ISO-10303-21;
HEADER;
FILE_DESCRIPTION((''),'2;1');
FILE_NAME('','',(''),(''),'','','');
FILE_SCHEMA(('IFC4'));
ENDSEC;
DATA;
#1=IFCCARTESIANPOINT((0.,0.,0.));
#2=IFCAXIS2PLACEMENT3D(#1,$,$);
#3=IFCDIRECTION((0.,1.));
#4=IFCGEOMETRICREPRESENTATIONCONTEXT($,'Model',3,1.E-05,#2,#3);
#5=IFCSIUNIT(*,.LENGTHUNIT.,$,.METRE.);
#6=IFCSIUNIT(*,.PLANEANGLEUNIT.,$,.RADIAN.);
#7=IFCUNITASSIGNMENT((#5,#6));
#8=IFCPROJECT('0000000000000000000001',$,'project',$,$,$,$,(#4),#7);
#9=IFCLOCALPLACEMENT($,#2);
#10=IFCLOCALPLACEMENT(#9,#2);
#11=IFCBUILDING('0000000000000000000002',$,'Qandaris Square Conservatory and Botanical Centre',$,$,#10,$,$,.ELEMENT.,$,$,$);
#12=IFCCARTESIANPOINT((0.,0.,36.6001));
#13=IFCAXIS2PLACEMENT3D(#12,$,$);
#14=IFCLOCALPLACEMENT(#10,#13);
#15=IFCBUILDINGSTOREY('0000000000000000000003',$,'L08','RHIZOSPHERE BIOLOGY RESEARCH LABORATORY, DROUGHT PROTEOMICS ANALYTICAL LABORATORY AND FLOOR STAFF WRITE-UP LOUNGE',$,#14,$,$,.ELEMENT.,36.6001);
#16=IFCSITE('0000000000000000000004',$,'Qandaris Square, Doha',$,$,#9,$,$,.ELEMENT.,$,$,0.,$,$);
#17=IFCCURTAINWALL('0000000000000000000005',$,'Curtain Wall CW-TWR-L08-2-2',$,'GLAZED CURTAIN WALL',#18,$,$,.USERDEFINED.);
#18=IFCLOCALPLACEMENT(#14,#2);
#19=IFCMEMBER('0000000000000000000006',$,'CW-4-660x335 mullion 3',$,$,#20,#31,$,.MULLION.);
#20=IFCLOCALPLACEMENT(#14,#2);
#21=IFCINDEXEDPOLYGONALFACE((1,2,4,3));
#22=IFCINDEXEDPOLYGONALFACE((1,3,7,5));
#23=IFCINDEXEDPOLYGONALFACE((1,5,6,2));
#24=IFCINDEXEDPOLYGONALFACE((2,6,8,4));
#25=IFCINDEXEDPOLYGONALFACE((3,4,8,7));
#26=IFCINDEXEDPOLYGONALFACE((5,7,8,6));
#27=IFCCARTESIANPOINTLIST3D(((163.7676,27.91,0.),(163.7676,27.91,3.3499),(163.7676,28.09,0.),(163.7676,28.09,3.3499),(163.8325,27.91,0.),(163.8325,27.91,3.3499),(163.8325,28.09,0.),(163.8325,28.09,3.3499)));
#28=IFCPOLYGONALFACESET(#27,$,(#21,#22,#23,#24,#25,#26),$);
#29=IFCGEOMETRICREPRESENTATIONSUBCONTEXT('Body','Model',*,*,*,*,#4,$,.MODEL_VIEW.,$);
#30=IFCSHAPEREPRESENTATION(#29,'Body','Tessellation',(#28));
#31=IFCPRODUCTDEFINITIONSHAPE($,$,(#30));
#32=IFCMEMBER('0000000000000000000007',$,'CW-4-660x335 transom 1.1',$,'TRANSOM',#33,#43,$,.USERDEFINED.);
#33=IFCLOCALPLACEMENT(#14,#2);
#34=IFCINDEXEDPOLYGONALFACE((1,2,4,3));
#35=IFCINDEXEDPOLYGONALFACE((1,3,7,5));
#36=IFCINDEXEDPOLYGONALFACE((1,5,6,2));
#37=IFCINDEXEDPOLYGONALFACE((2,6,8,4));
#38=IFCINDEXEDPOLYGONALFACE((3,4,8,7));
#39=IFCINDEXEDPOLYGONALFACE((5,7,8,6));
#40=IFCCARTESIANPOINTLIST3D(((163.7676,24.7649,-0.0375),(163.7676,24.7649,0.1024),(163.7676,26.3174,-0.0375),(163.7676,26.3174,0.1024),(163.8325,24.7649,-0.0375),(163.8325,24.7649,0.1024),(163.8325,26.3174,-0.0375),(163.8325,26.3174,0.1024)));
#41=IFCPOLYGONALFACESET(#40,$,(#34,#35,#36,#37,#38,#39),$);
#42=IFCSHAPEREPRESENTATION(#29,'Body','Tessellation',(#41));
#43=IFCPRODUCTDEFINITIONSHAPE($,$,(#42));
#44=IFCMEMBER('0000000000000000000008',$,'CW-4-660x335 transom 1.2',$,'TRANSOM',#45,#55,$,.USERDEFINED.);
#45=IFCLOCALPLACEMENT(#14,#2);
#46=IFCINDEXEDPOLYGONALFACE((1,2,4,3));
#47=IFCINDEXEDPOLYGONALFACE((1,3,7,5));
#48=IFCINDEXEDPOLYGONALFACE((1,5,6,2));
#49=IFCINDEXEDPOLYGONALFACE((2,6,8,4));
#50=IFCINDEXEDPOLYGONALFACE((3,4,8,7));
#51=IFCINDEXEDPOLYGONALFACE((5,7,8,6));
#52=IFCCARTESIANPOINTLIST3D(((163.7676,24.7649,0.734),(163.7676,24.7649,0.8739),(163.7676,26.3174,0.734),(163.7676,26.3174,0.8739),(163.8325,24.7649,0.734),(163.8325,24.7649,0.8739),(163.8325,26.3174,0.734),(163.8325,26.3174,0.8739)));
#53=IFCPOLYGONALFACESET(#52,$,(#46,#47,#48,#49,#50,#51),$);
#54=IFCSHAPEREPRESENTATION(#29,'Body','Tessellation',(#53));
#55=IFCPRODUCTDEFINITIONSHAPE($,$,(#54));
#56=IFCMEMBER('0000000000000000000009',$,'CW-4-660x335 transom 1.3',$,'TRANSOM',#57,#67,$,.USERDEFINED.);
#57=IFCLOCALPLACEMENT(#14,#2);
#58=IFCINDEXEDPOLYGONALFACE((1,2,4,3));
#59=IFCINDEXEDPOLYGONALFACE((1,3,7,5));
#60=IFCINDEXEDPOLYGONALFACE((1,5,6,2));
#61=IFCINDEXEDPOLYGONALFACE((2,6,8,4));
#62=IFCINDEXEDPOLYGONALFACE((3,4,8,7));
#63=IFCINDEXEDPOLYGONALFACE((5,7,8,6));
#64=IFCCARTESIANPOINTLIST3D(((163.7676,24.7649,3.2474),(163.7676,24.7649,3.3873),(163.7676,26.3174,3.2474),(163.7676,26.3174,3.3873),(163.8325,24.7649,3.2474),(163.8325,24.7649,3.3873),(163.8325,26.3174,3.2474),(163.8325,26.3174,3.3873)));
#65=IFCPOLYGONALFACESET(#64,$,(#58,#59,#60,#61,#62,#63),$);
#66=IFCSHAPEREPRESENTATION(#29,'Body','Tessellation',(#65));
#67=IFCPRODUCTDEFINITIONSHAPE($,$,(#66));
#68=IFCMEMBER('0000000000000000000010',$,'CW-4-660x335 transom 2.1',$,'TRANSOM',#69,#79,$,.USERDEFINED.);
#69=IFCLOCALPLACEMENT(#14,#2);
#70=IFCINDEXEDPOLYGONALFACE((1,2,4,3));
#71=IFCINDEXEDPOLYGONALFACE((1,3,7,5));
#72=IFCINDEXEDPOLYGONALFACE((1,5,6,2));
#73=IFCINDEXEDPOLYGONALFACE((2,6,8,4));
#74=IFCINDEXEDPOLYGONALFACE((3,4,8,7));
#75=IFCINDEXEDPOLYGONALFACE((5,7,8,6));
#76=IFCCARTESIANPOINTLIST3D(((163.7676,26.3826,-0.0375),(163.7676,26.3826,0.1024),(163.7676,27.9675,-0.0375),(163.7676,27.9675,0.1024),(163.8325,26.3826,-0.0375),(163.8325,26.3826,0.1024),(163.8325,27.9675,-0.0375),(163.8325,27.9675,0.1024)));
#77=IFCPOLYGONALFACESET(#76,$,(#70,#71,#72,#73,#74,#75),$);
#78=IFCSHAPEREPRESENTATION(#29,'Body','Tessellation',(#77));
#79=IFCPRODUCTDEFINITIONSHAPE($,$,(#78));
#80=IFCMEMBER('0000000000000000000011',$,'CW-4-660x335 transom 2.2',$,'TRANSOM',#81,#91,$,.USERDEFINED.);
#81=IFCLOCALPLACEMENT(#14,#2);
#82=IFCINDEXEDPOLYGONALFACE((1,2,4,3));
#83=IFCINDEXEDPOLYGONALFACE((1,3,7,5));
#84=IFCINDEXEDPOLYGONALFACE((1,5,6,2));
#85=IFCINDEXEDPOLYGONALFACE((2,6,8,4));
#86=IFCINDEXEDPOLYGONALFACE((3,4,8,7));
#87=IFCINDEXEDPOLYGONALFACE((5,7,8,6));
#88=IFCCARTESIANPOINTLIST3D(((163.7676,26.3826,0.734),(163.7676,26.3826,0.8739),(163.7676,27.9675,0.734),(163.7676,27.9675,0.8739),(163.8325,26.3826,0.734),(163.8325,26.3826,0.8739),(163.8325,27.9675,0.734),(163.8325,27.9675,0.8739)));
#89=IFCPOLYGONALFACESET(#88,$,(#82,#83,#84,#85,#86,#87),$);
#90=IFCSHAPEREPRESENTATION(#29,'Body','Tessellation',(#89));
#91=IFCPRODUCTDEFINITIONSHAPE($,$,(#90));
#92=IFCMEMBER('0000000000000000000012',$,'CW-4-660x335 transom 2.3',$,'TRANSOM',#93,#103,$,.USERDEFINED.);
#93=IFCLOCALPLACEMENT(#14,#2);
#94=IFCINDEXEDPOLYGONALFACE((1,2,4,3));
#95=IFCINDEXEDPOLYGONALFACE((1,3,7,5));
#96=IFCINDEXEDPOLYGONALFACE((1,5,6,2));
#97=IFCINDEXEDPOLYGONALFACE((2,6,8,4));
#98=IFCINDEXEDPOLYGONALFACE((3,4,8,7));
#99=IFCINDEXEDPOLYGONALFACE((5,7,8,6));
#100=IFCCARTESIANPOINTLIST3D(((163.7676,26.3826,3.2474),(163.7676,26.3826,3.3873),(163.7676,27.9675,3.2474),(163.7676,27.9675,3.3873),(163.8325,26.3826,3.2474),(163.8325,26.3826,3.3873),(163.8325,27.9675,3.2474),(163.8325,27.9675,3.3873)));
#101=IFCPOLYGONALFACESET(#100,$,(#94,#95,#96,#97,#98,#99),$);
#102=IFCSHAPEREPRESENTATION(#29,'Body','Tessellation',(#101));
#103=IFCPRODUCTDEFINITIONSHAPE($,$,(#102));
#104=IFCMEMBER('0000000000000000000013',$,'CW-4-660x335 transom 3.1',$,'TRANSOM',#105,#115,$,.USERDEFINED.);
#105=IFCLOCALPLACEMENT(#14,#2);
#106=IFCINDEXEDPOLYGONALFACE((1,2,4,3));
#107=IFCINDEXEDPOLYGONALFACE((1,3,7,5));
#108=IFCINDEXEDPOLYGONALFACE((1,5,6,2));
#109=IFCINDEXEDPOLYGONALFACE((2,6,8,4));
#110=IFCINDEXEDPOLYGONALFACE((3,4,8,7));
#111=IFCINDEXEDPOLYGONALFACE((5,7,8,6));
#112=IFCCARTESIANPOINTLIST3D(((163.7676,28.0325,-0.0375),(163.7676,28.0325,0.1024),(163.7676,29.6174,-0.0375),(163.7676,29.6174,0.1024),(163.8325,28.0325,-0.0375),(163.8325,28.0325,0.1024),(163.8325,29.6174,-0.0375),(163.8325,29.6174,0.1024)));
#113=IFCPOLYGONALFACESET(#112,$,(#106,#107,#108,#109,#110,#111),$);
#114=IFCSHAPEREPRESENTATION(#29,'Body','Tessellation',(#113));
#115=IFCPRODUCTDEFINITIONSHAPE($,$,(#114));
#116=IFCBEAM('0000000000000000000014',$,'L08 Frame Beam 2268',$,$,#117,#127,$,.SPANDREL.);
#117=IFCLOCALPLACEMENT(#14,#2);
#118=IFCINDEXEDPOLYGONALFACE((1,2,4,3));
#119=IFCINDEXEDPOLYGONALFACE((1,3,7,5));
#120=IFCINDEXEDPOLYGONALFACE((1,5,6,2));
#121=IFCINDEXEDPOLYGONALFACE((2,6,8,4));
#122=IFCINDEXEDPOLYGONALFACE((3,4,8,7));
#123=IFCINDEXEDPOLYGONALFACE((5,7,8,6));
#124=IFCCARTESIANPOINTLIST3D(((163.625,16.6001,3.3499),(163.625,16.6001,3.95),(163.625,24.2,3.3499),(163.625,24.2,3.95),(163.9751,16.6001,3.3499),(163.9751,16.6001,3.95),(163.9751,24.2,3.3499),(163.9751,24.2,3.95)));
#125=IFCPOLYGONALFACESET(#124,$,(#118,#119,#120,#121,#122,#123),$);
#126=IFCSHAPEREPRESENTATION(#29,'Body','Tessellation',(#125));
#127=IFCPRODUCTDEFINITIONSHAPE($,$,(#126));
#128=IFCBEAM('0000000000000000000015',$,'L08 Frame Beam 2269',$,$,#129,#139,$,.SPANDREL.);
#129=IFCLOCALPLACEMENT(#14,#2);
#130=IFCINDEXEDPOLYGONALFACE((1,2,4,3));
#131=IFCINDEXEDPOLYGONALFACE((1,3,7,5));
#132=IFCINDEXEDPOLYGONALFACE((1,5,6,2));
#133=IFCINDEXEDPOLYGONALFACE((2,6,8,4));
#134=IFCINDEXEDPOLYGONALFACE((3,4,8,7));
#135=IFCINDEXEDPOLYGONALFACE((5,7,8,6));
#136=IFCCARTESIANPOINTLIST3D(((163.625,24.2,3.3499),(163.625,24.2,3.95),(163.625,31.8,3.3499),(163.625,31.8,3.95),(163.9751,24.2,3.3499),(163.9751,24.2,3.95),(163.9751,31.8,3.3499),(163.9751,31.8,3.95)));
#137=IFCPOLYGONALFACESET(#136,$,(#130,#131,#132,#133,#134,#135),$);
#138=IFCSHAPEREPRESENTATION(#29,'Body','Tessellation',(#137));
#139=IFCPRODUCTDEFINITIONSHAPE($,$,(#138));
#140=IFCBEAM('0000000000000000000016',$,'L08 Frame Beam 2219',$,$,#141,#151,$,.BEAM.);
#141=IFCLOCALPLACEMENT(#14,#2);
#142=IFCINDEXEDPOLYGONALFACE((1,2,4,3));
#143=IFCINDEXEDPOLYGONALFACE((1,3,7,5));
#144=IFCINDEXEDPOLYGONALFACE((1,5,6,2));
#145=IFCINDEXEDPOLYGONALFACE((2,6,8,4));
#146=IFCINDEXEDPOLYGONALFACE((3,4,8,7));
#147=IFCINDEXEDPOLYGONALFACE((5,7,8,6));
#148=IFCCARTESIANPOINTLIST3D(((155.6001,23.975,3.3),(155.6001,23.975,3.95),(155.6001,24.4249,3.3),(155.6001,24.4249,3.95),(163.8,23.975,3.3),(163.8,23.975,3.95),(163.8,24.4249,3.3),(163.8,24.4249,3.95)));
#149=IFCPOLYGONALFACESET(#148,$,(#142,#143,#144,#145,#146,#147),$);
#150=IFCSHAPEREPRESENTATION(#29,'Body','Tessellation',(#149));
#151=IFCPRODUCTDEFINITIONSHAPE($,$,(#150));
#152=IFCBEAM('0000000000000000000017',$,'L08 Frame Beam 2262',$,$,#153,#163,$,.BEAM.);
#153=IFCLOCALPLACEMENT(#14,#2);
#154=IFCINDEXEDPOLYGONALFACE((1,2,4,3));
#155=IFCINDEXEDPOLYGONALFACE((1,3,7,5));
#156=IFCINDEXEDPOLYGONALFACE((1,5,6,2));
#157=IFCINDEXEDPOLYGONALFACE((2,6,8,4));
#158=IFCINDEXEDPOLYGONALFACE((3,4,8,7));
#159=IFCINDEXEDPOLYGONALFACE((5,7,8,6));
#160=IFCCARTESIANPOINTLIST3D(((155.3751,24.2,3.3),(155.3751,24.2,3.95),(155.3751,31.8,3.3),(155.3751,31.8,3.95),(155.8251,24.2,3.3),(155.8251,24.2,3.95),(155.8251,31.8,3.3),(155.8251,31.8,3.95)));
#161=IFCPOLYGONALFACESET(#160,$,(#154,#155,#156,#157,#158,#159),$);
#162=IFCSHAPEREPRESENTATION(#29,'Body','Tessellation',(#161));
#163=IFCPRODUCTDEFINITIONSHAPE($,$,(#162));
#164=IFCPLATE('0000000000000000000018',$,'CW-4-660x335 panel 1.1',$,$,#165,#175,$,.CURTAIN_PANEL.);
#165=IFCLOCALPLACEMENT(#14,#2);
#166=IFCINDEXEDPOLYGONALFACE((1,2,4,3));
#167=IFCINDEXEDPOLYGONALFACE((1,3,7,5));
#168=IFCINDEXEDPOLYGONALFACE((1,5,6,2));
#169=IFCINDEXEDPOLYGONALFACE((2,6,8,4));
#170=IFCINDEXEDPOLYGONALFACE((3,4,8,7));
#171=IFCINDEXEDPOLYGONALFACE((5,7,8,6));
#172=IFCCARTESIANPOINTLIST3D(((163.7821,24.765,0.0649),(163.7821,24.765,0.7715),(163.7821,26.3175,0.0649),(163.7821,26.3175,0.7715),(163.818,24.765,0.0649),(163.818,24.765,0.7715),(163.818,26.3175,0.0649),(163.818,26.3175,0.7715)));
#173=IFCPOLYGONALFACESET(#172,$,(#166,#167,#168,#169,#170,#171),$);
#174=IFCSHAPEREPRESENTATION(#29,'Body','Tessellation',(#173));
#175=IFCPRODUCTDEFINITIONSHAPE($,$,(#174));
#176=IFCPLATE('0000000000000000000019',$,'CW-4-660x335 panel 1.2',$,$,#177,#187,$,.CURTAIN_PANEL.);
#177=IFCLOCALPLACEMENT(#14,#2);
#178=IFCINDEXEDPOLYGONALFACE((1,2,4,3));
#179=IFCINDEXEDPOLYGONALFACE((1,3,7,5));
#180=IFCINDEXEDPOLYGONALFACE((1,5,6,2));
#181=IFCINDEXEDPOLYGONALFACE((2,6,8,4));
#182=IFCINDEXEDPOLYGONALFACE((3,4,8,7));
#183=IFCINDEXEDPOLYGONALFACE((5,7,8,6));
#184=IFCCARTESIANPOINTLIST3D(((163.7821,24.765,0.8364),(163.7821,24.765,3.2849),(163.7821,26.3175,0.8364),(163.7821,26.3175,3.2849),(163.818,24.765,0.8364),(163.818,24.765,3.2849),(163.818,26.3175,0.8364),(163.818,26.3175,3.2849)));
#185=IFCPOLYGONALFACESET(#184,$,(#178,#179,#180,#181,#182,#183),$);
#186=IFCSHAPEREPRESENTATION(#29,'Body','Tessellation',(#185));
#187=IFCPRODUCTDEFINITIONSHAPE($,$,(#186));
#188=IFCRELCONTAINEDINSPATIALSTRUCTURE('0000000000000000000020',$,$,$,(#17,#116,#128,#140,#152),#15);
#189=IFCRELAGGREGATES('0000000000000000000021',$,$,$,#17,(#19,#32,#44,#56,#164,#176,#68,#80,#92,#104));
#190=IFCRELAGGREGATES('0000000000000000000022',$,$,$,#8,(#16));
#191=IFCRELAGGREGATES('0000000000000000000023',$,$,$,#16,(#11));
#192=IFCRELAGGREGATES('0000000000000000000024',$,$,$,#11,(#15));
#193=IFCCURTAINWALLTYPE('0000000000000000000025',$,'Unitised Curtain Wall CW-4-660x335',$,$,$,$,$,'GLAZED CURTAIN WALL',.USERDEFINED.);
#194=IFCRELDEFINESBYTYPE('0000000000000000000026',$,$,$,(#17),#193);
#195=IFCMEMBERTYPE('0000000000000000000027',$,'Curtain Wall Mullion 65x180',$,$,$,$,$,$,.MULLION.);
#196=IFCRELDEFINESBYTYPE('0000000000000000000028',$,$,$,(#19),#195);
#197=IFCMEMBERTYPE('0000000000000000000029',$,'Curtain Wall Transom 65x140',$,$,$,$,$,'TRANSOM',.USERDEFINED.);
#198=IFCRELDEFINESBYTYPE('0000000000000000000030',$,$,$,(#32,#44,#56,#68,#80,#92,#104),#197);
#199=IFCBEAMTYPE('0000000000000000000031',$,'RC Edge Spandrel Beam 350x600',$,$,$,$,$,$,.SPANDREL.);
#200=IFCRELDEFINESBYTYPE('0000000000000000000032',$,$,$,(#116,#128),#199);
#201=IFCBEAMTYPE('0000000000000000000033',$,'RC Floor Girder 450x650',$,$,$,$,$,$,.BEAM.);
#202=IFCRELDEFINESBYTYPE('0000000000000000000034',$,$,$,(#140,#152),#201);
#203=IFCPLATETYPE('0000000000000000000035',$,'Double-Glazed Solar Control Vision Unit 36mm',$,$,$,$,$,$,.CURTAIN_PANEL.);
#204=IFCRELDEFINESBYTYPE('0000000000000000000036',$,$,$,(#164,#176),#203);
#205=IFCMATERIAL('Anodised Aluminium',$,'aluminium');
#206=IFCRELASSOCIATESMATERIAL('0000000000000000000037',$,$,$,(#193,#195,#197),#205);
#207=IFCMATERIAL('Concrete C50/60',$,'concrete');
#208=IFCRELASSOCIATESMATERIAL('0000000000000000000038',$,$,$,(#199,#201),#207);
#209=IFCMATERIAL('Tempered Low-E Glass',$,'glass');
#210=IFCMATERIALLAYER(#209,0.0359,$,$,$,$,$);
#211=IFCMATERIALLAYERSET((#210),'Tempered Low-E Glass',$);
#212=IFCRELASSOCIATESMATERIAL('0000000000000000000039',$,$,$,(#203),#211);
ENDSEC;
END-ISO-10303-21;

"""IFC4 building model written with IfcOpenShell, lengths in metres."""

from ifc_helpers import new_model, si_unit, direction, frame, origin, origin_2d, place, context, subcontext, project, spatial, rectangle, extrude, material, layer, layer_set, material_profile, profile_set, type_object, element, aggregate, save


model = new_model("IFC4")

# Units and contexts
model_context = context("Model", 3, precision=1e-05, world=origin(), true_north=direction((0.0, 1.0)))
body_context = subcontext(model_context, "Body", "Model", "MODEL_VIEW")
ifc_project = project(units=[si_unit("LENGTHUNIT", "METRE"), si_unit("PLANEANGLEUNIT", "RADIAN")], contexts=[model_context])

# Site, building, storey
site_placement = place(None, origin())
site = spatial("IfcSite", under=ifc_project, at=site_placement, Name="Qandaris Square, Doha", CompositionType="ELEMENT", RefElevation=0.0)
building_placement = place(site_placement, origin())
building = spatial("IfcBuilding", under=site, at=building_placement, Name="Qandaris Square Conservatory and Botanical Centre", CompositionType="ELEMENT")
storey_placement = place(building_placement, frame((0.0, 0.0, 36.6001)))
storey = spatial("IfcBuildingStorey", under=building, at=storey_placement, Name="L08", Description="RHIZOSPHERE BIOLOGY RESEARCH LABORATORY, DROUGHT PROTEOMICS ANALYTICAL LABORATORY AND FLOOR STAFF WRITE-UP LOUNGE", CompositionType="ELEMENT", Elevation=36.6001)

# Shared definitions
ifc_material_1 = material(Name="Concrete C50/60", Category="concrete")

# Curtain wall, members
ifc_material_2 = material(Name="Anodised Aluminium", Category="aluminium")
curtain_wall_type = type_object("IfcCurtainWallType", Name="Unitised Curtain Wall CW-4-660x335", ElementType="GLAZED CURTAIN WALL", PredefinedType="USERDEFINED", material=ifc_material_2)
curtain_wall_placement = place(storey_placement, origin())
curtain_wall = element("IfcCurtainWall", 1, at=curtain_wall_placement, inside=storey, type_object=curtain_wall_type, Name="Curtain Wall CW-TWR-L08-2-2", ObjectType="GLAZED CURTAIN WALL", PredefinedType="USERDEFINED")
ifc_material_profile_1 = material_profile(ifc_material_2, rectangle(XDim=0.0649, YDim=0.1799, at=origin_2d()), Name="ALU-MUL 65x180")
ifc_profile_set_1 = profile_set([ifc_material_profile_1], Name="Anodised Aluminium")
member_type_1 = type_object("IfcMemberType", Name="Curtain Wall Mullion 65x180", PredefinedType="MULLION", material=ifc_profile_set_1)
member_1_placement = place(storey_placement, frame((163.8, 28.0, 0.0), z_axis=(0.0, 0.0, 1.0), x_axis=(-1.0, 0.0, 0.0)))
member_1 = element("IfcMember", 2, at=member_1_placement, type_object=member_type_1, Name="CW-4-660x335 mullion 3", PredefinedType="MULLION", context=body_context, shape_type="SweptSolid", body=[
    extrude(rectangle(XDim=0.0649, YDim=0.1799, at=origin_2d()), origin(), (0.0, 0.0, 1.0), 3.3499),
])
ifc_material_profile_2 = material_profile(ifc_material_2, rectangle(XDim=0.0649, YDim=0.1399, at=origin_2d()), Name="ALU-TRN 65x140")
ifc_profile_set_2 = profile_set([ifc_material_profile_2], Name="Anodised Aluminium")
member_type_2 = type_object("IfcMemberType", Name="Curtain Wall Transom 65x140", ElementType="TRANSOM", PredefinedType="USERDEFINED", material=ifc_profile_set_2)
member_2_placement = place(storey_placement, frame((163.8, 24.7649, 0.0325), z_axis=(0.0, 1.0, 0.0), x_axis=(-1.0, 0.0, 0.0)))
member_2 = element("IfcMember", 3, at=member_2_placement, type_object=member_type_2, Name="CW-4-660x335 transom 1.1", ObjectType="TRANSOM", PredefinedType="USERDEFINED", context=body_context, shape_type="SweptSolid", body=[
    extrude(rectangle(XDim=0.0649, YDim=0.1399, at=origin_2d()), origin(), (0.0, 0.0, 1.0), 1.5525),
])
member_3_placement = place(storey_placement, frame((163.8, 24.7649, 0.804), z_axis=(0.0, 1.0, 0.0), x_axis=(-1.0, 0.0, 0.0)))
member_3 = element("IfcMember", 4, at=member_3_placement, type_object=member_type_2, Name="CW-4-660x335 transom 1.2", ObjectType="TRANSOM", PredefinedType="USERDEFINED", context=body_context, shape_type="SweptSolid", body=[
    extrude(rectangle(XDim=0.0649, YDim=0.1399, at=origin_2d()), origin(), (0.0, 0.0, 1.0), 1.5525),
])
member_4_placement = place(storey_placement, frame((163.8, 24.7649, 3.3174), z_axis=(0.0, 1.0, 0.0), x_axis=(-1.0, 0.0, 0.0)))
member_4 = element("IfcMember", 5, at=member_4_placement, type_object=member_type_2, Name="CW-4-660x335 transom 1.3", ObjectType="TRANSOM", PredefinedType="USERDEFINED", context=body_context, shape_type="SweptSolid", body=[
    extrude(rectangle(XDim=0.0649, YDim=0.1399, at=origin_2d()), origin(), (0.0, 0.0, 1.0), 1.5525),
])
member_5_placement = place(storey_placement, frame((163.8, 26.3826, 0.0325), z_axis=(0.0, 1.0, 0.0), x_axis=(-1.0, 0.0, 0.0)))
member_5 = element("IfcMember", 6, at=member_5_placement, type_object=member_type_2, Name="CW-4-660x335 transom 2.1", ObjectType="TRANSOM", PredefinedType="USERDEFINED", context=body_context, shape_type="SweptSolid", body=[
    extrude(rectangle(XDim=0.0649, YDim=0.1399, at=origin_2d()), origin(), (0.0, 0.0, 1.0), 1.585),
])
member_6_placement = place(storey_placement, frame((163.8, 26.3826, 0.804), z_axis=(0.0, 1.0, 0.0), x_axis=(-1.0, 0.0, 0.0)))
member_6 = element("IfcMember", 7, at=member_6_placement, type_object=member_type_2, Name="CW-4-660x335 transom 2.2", ObjectType="TRANSOM", PredefinedType="USERDEFINED", context=body_context, shape_type="SweptSolid", body=[
    extrude(rectangle(XDim=0.0649, YDim=0.1399, at=origin_2d()), origin(), (0.0, 0.0, 1.0), 1.585),
])
member_7_placement = place(storey_placement, frame((163.8, 26.3826, 3.3174), z_axis=(0.0, 1.0, 0.0), x_axis=(-1.0, 0.0, 0.0)))
member_7 = element("IfcMember", 8, at=member_7_placement, type_object=member_type_2, Name="CW-4-660x335 transom 2.3", ObjectType="TRANSOM", PredefinedType="USERDEFINED", context=body_context, shape_type="SweptSolid", body=[
    extrude(rectangle(XDim=0.0649, YDim=0.1399, at=origin_2d()), origin(), (0.0, 0.0, 1.0), 1.585),
])
member_8_placement = place(storey_placement, frame((163.8, 28.0325, 0.0325), z_axis=(0.0, 1.0, 0.0), x_axis=(-1.0, 0.0, 0.0)))
member_8 = element("IfcMember", 9, at=member_8_placement, type_object=member_type_2, Name="CW-4-660x335 transom 3.1", ObjectType="TRANSOM", PredefinedType="USERDEFINED", context=body_context, shape_type="SweptSolid", body=[
    extrude(rectangle(XDim=0.0649, YDim=0.1399, at=origin_2d()), origin(), (0.0, 0.0, 1.0), 1.585),
])

# Beams
ifc_material_profile_3 = material_profile(ifc_material_1, rectangle(XDim=0.3501, YDim=0.6001, at=origin_2d()), Name="RC-SP 350x600")
ifc_profile_set_3 = profile_set([ifc_material_profile_3], Name="Concrete C50/60")
beam_type_1 = type_object("IfcBeamType", Name="RC Edge Spandrel Beam 350x600", PredefinedType="SPANDREL", material=ifc_profile_set_3)
beam_1_placement = place(storey_placement, frame((163.8, 16.6001, 3.6499), z_axis=(0.0, 1.0, 0.0), x_axis=(-1.0, 0.0, 0.0)))
element("IfcBeam", 10, at=beam_1_placement, inside=storey, type_object=beam_type_1, Name="L08 Frame Beam 2268", PredefinedType="SPANDREL", context=body_context, shape_type="SweptSolid", body=[
    extrude(rectangle(XDim=0.3501, YDim=0.6001, at=origin_2d()), origin(), (0.0, 0.0, 1.0), 7.5999),
])
beam_2_placement = place(storey_placement, frame((163.8, 24.2, 3.6499), z_axis=(0.0, 1.0, 0.0), x_axis=(-1.0, 0.0, 0.0)))
element("IfcBeam", 11, at=beam_2_placement, inside=storey, type_object=beam_type_1, Name="L08 Frame Beam 2269", PredefinedType="SPANDREL", context=body_context, shape_type="SweptSolid", body=[
    extrude(rectangle(XDim=0.3501, YDim=0.6001, at=origin_2d()), origin(), (0.0, 0.0, 1.0), 7.6001),
])
ifc_material_profile_4 = material_profile(ifc_material_1, rectangle(XDim=0.45, YDim=0.6499, at=origin_2d()), Name="RC-BM 450x650")
ifc_profile_set_4 = profile_set([ifc_material_profile_4], Name="Concrete C50/60")
beam_type_2 = type_object("IfcBeamType", Name="RC Floor Girder 450x650", PredefinedType="BEAM", material=ifc_profile_set_4)
beam_3_placement = place(storey_placement, frame((155.6001, 24.2, 3.625), z_axis=(1.0, 0.0, 0.0), x_axis=(0.0, 1.0, 0.0)))
element("IfcBeam", 12, at=beam_3_placement, inside=storey, type_object=beam_type_2, Name="L08 Frame Beam 2219", PredefinedType="BEAM", context=body_context, shape_type="SweptSolid", body=[
    extrude(rectangle(XDim=0.45, YDim=0.6499, at=origin_2d()), origin(), (0.0, 0.0, 1.0), 8.2),
])
beam_4_placement = place(storey_placement, frame((155.6001, 24.2, 3.625), z_axis=(0.0, 1.0, 0.0), x_axis=(-1.0, 0.0, 0.0)))
element("IfcBeam", 13, at=beam_4_placement, inside=storey, type_object=beam_type_2, Name="L08 Frame Beam 2262", PredefinedType="BEAM", context=body_context, shape_type="SweptSolid", body=[
    extrude(rectangle(XDim=0.45, YDim=0.6499, at=origin_2d()), origin(), (0.0, 0.0, 1.0), 7.6001),
])

# Plates
ifc_material_3 = material(Name="Tempered Low-E Glass", Category="glass")
ifc_layer_1 = layer(ifc_material_3, 0.0359)
ifc_layer_set_1 = layer_set([ifc_layer_1], Name="Tempered Low-E Glass")
plate_type_1 = type_object("IfcPlateType", Name="Double-Glazed Solar Control Vision Unit 36mm", PredefinedType="CURTAIN_PANEL", material=ifc_layer_set_1)
plate_1_placement = place(storey_placement, frame((163.8, 25.5413, 0.0649), z_axis=(0.0, 0.0, 1.0), x_axis=(0.0, 1.0, 0.0)))
plate_1 = element("IfcPlate", 14, at=plate_1_placement, type_object=plate_type_1, Name="CW-4-660x335 panel 1.1", PredefinedType="CURTAIN_PANEL", context=body_context, shape_type="SweptSolid", body=[
    extrude(rectangle(XDim=1.5525, YDim=0.0359, at=origin_2d()), origin(), (0.0, 0.0, 1.0), 0.7065),
])
plate_2_placement = place(storey_placement, frame((163.8, 25.5413, 0.8364), z_axis=(0.0, 0.0, 1.0), x_axis=(0.0, 1.0, 0.0)))
plate_2 = element("IfcPlate", 15, at=plate_2_placement, type_object=plate_type_1, Name="CW-4-660x335 panel 1.2", PredefinedType="CURTAIN_PANEL", context=body_context, shape_type="SweptSolid", body=[
    extrude(rectangle(XDim=1.5525, YDim=0.0359, at=origin_2d()), origin(), (0.0, 0.0, 1.0), 2.4485),
])
aggregate(curtain_wall, [member_1, member_2, member_3, member_4, plate_1, plate_2, member_5, member_6, member_7, member_8])

save(model, "model.ifc")
